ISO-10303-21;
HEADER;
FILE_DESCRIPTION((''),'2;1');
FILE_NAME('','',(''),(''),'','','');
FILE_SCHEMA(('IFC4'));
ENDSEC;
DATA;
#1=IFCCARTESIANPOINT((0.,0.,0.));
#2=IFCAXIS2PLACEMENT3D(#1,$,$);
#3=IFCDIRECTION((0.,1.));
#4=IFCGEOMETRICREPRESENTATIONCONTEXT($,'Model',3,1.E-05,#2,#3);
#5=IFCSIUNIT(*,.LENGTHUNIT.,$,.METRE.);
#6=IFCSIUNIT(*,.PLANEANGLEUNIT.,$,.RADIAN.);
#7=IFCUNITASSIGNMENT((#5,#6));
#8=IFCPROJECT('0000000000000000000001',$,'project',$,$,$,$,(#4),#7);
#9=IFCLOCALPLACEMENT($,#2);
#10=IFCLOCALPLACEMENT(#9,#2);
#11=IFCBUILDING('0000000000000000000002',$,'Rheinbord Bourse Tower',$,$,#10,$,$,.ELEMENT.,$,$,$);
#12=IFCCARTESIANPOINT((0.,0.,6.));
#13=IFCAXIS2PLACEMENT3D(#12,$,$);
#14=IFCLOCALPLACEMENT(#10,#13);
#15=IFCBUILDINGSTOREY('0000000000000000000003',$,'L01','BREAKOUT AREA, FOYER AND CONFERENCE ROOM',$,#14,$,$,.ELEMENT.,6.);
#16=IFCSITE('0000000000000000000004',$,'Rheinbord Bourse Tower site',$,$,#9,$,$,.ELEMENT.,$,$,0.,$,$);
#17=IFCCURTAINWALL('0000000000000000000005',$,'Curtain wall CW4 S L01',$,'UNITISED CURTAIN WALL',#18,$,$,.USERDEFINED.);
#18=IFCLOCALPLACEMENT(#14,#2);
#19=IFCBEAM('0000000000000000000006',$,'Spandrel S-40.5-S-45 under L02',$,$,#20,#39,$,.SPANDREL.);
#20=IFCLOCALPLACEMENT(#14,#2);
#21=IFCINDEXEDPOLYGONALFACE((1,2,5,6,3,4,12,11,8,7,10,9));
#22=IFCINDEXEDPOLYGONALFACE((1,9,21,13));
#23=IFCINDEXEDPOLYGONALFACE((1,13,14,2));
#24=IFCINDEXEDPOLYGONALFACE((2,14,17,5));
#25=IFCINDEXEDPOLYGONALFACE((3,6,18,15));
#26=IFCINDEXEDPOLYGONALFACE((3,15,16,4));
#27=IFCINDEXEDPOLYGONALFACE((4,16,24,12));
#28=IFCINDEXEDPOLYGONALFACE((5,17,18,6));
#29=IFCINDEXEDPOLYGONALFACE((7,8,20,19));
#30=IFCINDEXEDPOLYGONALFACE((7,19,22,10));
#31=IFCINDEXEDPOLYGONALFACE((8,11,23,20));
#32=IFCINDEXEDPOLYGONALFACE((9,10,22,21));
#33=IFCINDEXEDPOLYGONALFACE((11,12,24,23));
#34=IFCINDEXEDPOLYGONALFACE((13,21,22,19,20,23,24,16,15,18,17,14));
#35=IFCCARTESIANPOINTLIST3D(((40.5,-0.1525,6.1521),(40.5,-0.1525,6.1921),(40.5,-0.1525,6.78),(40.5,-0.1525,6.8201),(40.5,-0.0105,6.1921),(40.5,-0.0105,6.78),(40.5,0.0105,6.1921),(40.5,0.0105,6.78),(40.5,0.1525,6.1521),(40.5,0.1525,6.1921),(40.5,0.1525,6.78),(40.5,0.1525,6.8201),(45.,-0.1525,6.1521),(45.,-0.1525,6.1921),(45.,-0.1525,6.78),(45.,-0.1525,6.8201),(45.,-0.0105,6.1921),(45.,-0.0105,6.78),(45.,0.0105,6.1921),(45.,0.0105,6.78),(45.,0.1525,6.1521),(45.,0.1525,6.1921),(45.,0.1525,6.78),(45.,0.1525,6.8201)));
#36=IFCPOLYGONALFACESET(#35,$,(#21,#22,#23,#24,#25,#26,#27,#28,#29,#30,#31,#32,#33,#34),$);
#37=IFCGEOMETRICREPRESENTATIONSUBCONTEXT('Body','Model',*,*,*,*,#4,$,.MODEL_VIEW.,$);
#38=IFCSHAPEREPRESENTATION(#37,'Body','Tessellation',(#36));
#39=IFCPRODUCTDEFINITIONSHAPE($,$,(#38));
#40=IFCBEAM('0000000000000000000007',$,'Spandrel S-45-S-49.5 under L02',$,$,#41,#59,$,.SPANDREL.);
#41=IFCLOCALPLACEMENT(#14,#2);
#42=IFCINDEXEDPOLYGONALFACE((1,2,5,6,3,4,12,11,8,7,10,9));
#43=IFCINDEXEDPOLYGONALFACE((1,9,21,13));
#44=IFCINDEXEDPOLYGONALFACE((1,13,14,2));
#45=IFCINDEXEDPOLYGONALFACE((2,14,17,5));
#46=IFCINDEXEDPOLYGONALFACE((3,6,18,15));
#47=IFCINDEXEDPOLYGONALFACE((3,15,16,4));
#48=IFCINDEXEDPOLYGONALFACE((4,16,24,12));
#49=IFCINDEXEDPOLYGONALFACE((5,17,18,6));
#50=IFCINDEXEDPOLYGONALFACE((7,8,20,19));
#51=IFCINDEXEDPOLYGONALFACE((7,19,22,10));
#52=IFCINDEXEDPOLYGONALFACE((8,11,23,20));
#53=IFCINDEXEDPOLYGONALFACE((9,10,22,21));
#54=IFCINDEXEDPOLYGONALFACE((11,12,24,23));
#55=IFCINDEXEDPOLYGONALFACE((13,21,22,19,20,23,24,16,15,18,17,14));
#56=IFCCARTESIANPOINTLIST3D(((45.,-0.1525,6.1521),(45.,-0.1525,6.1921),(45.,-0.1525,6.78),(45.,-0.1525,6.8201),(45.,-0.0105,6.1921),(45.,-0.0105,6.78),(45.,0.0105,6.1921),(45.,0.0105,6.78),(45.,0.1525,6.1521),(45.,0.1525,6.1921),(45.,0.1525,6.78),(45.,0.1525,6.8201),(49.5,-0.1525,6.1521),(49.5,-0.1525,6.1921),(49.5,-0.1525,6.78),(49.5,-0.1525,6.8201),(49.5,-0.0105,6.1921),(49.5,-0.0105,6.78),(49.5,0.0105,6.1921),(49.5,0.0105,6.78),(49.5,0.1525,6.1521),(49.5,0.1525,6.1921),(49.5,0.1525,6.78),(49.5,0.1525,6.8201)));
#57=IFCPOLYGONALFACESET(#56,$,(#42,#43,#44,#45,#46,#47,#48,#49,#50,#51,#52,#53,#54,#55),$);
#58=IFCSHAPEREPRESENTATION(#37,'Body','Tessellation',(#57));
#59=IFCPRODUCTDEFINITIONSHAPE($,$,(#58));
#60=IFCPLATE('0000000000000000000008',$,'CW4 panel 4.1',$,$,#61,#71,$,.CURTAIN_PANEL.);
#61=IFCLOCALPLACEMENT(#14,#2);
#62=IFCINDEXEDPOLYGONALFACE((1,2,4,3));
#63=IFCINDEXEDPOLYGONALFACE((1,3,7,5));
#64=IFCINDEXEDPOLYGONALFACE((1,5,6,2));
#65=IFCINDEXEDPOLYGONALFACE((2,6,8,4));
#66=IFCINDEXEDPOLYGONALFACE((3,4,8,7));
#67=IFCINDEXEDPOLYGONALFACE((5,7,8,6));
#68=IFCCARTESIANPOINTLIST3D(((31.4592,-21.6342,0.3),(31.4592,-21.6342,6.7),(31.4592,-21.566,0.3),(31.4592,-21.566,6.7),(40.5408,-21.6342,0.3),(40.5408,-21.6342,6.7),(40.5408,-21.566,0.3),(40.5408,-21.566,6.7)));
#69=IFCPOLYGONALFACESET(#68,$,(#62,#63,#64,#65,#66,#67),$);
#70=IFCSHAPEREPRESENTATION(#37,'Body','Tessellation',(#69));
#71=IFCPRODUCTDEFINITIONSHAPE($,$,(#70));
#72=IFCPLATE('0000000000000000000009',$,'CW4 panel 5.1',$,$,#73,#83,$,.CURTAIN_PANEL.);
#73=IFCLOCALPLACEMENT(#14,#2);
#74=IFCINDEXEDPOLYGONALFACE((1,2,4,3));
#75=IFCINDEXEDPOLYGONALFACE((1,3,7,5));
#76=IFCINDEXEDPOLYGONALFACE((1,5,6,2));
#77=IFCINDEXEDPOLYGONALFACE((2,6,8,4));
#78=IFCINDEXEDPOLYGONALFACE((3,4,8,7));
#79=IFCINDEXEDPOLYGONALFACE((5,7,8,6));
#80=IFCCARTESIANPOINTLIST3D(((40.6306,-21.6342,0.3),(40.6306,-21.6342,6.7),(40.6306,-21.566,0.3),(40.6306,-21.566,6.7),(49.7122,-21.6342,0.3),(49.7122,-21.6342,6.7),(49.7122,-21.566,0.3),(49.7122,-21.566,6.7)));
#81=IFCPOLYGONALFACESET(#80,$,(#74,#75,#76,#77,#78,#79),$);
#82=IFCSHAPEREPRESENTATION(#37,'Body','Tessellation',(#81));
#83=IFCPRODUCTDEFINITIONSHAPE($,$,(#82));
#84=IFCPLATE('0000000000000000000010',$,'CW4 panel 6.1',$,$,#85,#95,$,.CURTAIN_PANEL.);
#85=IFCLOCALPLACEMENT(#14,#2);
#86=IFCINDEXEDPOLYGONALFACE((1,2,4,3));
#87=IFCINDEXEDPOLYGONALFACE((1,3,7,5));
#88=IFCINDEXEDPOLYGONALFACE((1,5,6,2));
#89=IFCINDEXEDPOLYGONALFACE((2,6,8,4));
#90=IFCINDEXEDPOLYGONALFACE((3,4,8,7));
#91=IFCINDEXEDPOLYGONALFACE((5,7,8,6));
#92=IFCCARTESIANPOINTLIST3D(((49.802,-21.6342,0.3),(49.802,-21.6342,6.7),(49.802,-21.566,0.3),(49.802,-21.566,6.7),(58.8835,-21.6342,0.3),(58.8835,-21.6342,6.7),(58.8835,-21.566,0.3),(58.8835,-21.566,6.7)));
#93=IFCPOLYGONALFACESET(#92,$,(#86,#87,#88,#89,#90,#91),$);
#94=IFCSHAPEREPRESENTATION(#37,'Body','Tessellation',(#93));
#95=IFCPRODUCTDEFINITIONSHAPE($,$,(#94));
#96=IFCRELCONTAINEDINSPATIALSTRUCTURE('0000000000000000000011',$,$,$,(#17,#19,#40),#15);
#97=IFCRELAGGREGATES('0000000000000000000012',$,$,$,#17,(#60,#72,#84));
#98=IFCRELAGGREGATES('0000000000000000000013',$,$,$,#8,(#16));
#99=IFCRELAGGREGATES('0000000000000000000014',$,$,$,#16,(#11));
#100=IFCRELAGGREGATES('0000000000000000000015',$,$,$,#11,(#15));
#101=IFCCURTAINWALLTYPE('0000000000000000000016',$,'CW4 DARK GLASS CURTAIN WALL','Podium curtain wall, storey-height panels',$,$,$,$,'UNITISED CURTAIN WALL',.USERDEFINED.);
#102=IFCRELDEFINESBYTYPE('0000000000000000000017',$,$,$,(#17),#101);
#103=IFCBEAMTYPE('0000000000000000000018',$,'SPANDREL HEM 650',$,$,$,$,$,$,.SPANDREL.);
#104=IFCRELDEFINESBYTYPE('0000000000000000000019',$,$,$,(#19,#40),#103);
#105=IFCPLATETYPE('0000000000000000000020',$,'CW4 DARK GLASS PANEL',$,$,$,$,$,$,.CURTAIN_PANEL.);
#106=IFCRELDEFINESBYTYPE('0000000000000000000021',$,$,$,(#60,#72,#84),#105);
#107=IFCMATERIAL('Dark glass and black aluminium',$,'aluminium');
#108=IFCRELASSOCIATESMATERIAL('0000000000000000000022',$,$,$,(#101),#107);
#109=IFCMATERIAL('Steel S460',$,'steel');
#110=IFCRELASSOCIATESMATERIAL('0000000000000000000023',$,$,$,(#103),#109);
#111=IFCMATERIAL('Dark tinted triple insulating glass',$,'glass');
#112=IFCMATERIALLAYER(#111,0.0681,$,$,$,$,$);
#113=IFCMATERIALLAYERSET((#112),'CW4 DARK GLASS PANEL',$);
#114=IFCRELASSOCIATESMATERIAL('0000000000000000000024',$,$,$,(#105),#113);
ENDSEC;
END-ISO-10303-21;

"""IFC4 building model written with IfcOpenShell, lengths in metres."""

from ifc_helpers import new_model, si_unit, direction, frame, origin, origin_2d, place, context, subcontext, project, spatial, rectangle, i_section, extrude, material, layer, layer_set, material_profile, profile_set, type_object, element, aggregate, save


model = new_model("IFC4")

# Units and contexts
model_context = context("Model", 3, precision=1e-05, world=origin(), true_north=direction((0.0, 1.0)))
body_context = subcontext(model_context, "Body", "Model", "MODEL_VIEW")
ifc_project = project(units=[si_unit("LENGTHUNIT", "METRE"), si_unit("PLANEANGLEUNIT", "RADIAN")], contexts=[model_context])

# Site, building, storey
site_placement = place(None, origin())
site = spatial("IfcSite", under=ifc_project, at=site_placement, Name="Rheinbord Bourse Tower site", CompositionType="ELEMENT", RefElevation=0.0)
building_placement = place(site_placement, origin())
building = spatial("IfcBuilding", under=site, at=building_placement, Name="Rheinbord Bourse Tower", CompositionType="ELEMENT")
storey_placement = place(building_placement, frame((0.0, 0.0, 6.0)))
storey = spatial("IfcBuildingStorey", under=building, at=storey_placement, Name="L01", Description="BREAKOUT AREA, FOYER AND CONFERENCE ROOM", CompositionType="ELEMENT", Elevation=6.0)

# Curtain wall
ifc_material_1 = material(Name="Dark glass and black aluminium", Category="aluminium")
curtain_wall_type = type_object("IfcCurtainWallType", Name="CW4 DARK GLASS CURTAIN WALL", Description="Podium curtain wall, storey-height panels", ElementType="UNITISED CURTAIN WALL", PredefinedType="USERDEFINED", material=ifc_material_1)
curtain_wall_placement = place(storey_placement, origin())
curtain_wall = element("IfcCurtainWall", 1, at=curtain_wall_placement, inside=storey, type_object=curtain_wall_type, Name="Curtain wall CW4 S L01", ObjectType="UNITISED CURTAIN WALL", PredefinedType="USERDEFINED")

# Beams
ifc_material_2 = material(Name="Steel S460", Category="steel")
ifc_material_profile_1 = material_profile(ifc_material_2, i_section(OverallWidth=0.3049, OverallDepth=0.668, WebThickness=0.021, FlangeThickness=0.04, at=origin_2d()), Name="HEM 650")
ifc_profile_set_1 = profile_set([ifc_material_profile_1], Name="Steel S460")
beam_type_1 = type_object("IfcBeamType", Name="SPANDREL HEM 650", PredefinedType="SPANDREL", material=ifc_profile_set_1)
for number, where, z_axis, x_axis, name in (
    (2, (40.5, 0.0, 6.4861), (1.0, 0.0, 0.0), (0.0, 1.0, 0.0), "Spandrel S-40.5-S-45 under L02"),
    (3, (45.0, 0.0, 6.4861), (1.0, 0.0, 0.0), (0.0, 1.0, 0.0), "Spandrel S-45-S-49.5 under L02"),
):
    element("IfcBeam", number, at=place(storey_placement, frame(where, z_axis=z_axis, x_axis=x_axis)), inside=storey, type_object=beam_type_1, Name=name, PredefinedType="SPANDREL", context=body_context, shape_type="SweptSolid", body=[
        extrude(i_section(OverallWidth=0.3049, OverallDepth=0.668, WebThickness=0.021, FlangeThickness=0.04, at=origin_2d()), origin(), (0.0, 0.0, 1.0), 4.5),
    ])

# Plates
ifc_material_3 = material(Name="Dark tinted triple insulating glass", Category="glass")
ifc_layer = layer(ifc_material_3, 0.0681)
ifc_layer_set = layer_set([ifc_layer], Name="CW4 DARK GLASS PANEL")
plate_type = type_object("IfcPlateType", Name="CW4 DARK GLASS PANEL", PredefinedType="CURTAIN_PANEL", material=ifc_layer_set)
plate_1_placement = place(storey_placement, frame((36.0, -21.6001, 0.3), z_axis=(0.0, 0.0, 1.0), x_axis=(1.0, 0.0, 0.0)))
plate_1 = element("IfcPlate", 4, at=plate_1_placement, type_object=plate_type, Name="CW4 panel 4.1", PredefinedType="CURTAIN_PANEL", context=body_context, shape_type="SweptSolid", body=[
    extrude(rectangle(XDim=9.0815, YDim=0.0681, at=origin_2d()), origin(), (0.0, 0.0, 1.0), 6.3999),
])
plate_2_placement = place(storey_placement, frame((45.1714, -21.6001, 0.3), z_axis=(0.0, 0.0, 1.0), x_axis=(1.0, 0.0, 0.0)))
plate_2 = element("IfcPlate", 5, at=plate_2_placement, type_object=plate_type, Name="CW4 panel 5.1", PredefinedType="CURTAIN_PANEL", context=body_context, shape_type="SweptSolid", body=[
    extrude(rectangle(XDim=9.0815, YDim=0.0681, at=origin_2d()), origin(), (0.0, 0.0, 1.0), 6.3999),
])
plate_3_placement = place(storey_placement, frame((54.3428, -21.6001, 0.3), z_axis=(0.0, 0.0, 1.0), x_axis=(1.0, 0.0, 0.0)))
plate_3 = element("IfcPlate", 6, at=plate_3_placement, type_object=plate_type, Name="CW4 panel 6.1", PredefinedType="CURTAIN_PANEL", context=body_context, shape_type="SweptSolid", body=[
    extrude(rectangle(XDim=9.0815, YDim=0.0681, at=origin_2d()), origin(), (0.0, 0.0, 1.0), 6.3999),
])
aggregate(curtain_wall, [plate_1, plate_2, plate_3])

save(model, "model.ifc")
